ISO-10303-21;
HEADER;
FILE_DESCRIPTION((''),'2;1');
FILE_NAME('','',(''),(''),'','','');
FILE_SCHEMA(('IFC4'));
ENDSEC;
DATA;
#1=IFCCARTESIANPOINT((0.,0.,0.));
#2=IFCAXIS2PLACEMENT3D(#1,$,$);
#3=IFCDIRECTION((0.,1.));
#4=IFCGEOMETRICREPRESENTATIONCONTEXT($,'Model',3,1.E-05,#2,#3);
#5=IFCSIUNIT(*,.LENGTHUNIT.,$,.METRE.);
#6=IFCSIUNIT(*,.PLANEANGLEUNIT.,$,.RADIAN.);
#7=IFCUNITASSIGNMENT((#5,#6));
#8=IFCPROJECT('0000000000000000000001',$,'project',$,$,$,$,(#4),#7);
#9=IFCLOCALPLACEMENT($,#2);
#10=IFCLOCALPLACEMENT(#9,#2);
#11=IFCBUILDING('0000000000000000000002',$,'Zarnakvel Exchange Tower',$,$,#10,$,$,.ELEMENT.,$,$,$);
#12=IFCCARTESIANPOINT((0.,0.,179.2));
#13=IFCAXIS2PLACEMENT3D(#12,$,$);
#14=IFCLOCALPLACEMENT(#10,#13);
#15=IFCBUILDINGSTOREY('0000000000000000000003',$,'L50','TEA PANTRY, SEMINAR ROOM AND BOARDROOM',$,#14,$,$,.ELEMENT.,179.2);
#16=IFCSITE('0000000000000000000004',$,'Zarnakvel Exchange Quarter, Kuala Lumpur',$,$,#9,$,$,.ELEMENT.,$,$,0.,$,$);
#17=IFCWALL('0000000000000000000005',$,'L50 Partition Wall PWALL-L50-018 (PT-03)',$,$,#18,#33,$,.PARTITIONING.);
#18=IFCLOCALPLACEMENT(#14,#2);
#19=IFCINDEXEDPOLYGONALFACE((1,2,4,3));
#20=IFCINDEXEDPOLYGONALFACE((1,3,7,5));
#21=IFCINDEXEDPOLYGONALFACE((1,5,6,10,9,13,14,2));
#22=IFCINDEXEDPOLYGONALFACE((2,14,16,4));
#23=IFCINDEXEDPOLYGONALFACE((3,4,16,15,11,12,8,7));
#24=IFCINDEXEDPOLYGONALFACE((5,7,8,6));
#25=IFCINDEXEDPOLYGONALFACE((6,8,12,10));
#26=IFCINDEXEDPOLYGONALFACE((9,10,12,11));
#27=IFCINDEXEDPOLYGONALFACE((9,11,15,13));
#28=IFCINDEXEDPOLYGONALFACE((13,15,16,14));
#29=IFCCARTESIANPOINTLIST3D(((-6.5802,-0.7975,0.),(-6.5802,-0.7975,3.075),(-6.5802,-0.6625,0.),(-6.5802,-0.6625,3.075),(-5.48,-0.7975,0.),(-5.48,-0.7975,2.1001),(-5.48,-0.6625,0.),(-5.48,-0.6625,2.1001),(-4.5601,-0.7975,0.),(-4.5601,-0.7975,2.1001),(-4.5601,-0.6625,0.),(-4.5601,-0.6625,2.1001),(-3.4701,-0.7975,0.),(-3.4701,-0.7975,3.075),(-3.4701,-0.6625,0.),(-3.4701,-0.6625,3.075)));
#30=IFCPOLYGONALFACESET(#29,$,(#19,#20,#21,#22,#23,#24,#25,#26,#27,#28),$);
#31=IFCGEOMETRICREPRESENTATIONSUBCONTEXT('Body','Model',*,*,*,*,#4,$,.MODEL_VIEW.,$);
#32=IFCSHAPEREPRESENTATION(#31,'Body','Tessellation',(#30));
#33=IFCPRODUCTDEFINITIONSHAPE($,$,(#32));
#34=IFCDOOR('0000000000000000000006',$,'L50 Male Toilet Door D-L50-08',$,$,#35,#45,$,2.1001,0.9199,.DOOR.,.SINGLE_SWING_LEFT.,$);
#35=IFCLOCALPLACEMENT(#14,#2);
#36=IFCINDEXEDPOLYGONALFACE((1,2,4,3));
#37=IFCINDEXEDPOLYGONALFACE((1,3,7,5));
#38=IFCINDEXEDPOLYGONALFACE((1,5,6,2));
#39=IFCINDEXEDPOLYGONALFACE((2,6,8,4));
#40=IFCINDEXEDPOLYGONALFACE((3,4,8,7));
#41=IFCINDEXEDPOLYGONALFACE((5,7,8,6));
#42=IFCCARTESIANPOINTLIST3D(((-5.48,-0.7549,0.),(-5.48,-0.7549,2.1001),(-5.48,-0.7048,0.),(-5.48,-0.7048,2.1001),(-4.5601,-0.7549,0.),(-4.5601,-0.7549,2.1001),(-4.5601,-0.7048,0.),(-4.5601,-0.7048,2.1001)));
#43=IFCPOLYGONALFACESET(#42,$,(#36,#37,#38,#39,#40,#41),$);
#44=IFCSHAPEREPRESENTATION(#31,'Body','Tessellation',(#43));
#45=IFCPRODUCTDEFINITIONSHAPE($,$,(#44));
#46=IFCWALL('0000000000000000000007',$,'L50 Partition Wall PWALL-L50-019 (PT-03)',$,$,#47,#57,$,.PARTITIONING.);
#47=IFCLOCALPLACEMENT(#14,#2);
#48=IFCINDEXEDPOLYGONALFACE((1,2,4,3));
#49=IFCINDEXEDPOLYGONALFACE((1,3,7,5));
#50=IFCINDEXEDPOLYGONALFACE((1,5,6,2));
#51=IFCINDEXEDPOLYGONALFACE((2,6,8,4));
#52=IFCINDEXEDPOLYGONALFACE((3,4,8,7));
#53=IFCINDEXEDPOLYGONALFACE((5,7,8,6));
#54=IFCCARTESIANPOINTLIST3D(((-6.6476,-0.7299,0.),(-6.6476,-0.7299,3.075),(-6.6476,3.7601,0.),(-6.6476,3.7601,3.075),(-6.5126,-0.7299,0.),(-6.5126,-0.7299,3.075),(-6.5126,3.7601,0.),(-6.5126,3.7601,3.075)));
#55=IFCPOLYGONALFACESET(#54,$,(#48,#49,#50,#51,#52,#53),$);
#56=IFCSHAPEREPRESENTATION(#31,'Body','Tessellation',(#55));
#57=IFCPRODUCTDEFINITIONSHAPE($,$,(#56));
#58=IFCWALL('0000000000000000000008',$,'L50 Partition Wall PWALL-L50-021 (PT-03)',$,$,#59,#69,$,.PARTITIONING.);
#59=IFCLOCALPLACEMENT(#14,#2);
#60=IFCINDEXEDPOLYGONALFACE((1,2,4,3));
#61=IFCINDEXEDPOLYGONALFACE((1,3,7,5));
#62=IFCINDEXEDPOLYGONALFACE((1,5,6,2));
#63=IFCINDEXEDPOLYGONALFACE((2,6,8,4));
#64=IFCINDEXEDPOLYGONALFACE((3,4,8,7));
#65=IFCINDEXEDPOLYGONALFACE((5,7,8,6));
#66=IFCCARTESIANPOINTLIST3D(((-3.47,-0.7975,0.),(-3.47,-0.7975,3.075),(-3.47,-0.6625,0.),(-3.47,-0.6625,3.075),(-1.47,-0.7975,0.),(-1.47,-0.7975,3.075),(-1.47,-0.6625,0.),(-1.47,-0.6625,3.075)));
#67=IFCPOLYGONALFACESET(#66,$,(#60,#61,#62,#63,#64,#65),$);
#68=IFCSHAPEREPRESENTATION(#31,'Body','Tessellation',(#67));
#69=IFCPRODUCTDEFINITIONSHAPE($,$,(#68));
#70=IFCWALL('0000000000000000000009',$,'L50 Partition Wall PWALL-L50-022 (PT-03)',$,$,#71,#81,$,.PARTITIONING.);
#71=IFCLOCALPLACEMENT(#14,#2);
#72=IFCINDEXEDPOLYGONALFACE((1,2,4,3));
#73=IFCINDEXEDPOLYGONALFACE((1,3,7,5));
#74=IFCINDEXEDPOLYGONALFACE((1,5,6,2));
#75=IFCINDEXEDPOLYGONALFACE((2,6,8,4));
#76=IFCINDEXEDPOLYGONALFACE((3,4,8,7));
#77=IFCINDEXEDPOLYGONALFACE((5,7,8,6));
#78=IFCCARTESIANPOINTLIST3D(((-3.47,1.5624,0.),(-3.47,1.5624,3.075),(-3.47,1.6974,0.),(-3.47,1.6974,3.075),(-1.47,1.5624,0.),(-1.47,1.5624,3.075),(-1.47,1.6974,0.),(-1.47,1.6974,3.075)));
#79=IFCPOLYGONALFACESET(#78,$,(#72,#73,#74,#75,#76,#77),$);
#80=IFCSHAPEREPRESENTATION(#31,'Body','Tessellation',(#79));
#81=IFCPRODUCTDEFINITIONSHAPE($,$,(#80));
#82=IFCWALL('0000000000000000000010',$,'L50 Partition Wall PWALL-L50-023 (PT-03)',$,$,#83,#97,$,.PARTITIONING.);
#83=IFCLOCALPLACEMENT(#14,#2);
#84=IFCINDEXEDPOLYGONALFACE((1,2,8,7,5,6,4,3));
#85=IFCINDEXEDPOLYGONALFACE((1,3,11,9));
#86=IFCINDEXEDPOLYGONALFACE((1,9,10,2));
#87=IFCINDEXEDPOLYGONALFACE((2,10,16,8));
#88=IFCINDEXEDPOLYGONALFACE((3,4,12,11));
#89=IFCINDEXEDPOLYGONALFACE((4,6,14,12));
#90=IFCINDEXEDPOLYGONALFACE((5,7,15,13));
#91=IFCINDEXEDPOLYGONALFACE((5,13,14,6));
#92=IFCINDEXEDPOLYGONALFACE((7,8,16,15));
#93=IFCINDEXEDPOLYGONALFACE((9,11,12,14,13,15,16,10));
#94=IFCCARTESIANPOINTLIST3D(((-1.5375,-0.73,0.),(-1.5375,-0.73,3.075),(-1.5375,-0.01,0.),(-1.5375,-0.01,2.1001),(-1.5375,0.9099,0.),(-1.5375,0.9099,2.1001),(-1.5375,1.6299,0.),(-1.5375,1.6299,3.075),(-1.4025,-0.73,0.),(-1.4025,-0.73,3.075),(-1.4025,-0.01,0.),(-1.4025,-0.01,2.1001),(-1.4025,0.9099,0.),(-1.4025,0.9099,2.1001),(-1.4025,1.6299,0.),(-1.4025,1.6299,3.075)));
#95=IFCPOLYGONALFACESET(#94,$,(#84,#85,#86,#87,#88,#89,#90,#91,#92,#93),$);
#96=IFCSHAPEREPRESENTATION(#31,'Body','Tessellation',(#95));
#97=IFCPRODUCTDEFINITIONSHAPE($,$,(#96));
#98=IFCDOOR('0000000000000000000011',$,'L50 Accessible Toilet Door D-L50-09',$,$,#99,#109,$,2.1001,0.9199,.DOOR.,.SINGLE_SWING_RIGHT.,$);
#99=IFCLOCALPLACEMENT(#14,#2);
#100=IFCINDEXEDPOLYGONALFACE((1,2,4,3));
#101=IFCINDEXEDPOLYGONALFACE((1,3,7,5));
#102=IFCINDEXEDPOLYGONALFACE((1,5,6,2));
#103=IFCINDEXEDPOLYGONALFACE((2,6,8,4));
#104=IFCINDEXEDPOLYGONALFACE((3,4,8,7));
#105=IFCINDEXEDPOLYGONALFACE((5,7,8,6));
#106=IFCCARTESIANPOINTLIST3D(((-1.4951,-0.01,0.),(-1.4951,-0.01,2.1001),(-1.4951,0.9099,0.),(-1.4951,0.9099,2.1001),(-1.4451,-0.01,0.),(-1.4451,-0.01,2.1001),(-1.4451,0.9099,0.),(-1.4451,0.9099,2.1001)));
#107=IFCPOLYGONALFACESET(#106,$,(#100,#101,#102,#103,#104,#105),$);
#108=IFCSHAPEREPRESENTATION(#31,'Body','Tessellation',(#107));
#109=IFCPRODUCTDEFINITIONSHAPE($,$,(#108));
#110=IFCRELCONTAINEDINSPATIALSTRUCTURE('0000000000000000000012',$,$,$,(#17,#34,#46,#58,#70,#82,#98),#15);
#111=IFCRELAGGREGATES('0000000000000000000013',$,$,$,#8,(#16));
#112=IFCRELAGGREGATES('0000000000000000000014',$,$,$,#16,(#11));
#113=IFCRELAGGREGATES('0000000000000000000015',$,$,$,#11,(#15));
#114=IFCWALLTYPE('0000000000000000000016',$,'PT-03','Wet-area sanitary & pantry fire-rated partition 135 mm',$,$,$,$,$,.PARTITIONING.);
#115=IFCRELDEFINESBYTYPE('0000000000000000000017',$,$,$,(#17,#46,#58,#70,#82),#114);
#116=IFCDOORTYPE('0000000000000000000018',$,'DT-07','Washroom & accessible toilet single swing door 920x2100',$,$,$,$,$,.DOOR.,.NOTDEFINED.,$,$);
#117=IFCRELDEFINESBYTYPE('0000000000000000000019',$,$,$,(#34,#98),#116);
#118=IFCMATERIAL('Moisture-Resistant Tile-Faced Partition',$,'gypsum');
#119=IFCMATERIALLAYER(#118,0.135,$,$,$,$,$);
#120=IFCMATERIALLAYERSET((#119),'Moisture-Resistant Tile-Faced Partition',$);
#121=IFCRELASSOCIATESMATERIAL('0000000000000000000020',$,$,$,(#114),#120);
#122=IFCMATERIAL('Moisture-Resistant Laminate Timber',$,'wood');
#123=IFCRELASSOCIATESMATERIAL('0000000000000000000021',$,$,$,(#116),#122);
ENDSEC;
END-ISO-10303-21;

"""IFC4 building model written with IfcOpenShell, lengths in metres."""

from ifc_helpers import new_model, si_unit, direction, frame, frame_2d, origin, place, context, subcontext, project, spatial, rectangle, extrude, source, transform, mapped, material, layer, layer_set, type_object, element, fill, save


model = new_model("IFC4")

# Units and contexts
model_context = context("Model", 3, precision=1e-05, world=origin(), true_north=direction((0.0, 1.0)))
body_context = subcontext(model_context, "Body", "Model", "MODEL_VIEW")
ifc_project = project(units=[si_unit("LENGTHUNIT", "METRE"), si_unit("PLANEANGLEUNIT", "RADIAN")], contexts=[model_context])

# Site, building, storey
site_placement = place(None, origin())
site = spatial("IfcSite", under=ifc_project, at=site_placement, Name="Zarnakvel Exchange Quarter, Kuala Lumpur", CompositionType="ELEMENT", RefElevation=0.0)
building_placement = place(site_placement, origin())
building = spatial("IfcBuilding", under=site, at=building_placement, Name="Zarnakvel Exchange Tower", CompositionType="ELEMENT")
storey_placement = place(building_placement, frame((0.0, 0.0, 179.2)))
storey = spatial("IfcBuildingStorey", under=building, at=storey_placement, Name="L50", Description="TEA PANTRY, SEMINAR ROOM AND BOARDROOM", CompositionType="ELEMENT", Elevation=179.2)

# Wall, opening, door
ifc_material_1 = material(Name="Moisture-Resistant Tile-Faced Partition", Category="gypsum")
ifc_layer_1 = layer(ifc_material_1, 0.135)
ifc_layer_set_1 = layer_set([ifc_layer_1], Name="Moisture-Resistant Tile-Faced Partition")
wall_type_1 = type_object("IfcWallType", Name="PT-03", Description="Wet-area sanitary & pantry fire-rated partition 135 mm", PredefinedType="PARTITIONING", material=ifc_layer_set_1)
wall_1_placement = place(storey_placement, frame((-3.47, -0.73, 0.0), z_axis=(0.0, 0.0, 1.0), x_axis=(-1.0, 0.0, 0.0)))
wall_1 = element("IfcWall", 1, at=wall_1_placement, inside=storey, type_object=wall_type_1, Name="L50 Partition Wall PWALL-L50-018 (PT-03)", PredefinedType="PARTITIONING", context=body_context, shape_type="SweptSolid", body=[
    extrude(rectangle(XDim=3.1101, YDim=0.135, at=frame_2d((1.5552, 0.0))), origin(), (0.0, 0.0, 1.0), 3.075),
])
opening_1_placement = place(wall_1_placement, frame((1.0901, 0.0, 0.0)))
opening_1 = element("IfcOpeningElement", 2, at=opening_1_placement, cuts=wall_1, PredefinedType="OPENING", context=body_context, shape_type="SweptSolid", body=[
    extrude(rectangle(XDim=0.9199, YDim=2.1001, at=frame_2d((0.46, 1.05))), frame((0.0, 0.0774, 0.0), z_axis=(0.0, -1.0, 0.0), x_axis=(1.0, 0.0, 0.0)), (0.0, 0.0, 1.0), 0.155),
])
ifc_material_2 = material(Name="Moisture-Resistant Laminate Timber", Category="wood")
door_type_1 = type_object("IfcDoorType", Name="DT-07", Description="Washroom & accessible toilet single swing door 920x2100", OperationType="NOTDEFINED", PredefinedType="DOOR", material=ifc_material_2)
shared_shape_1 = source(origin(), body_context, "Body", "SweptSolid", [
    extrude(rectangle(XDim=0.9199, YDim=2.1001, at=frame_2d((0.46, 1.05))), frame((0.0, 0.0249, 0.0), z_axis=(0.0, -1.0, 0.0), x_axis=(1.0, 0.0, 0.0)), (0.0, 0.0, 1.0), 0.05),
])
door_1_placement = place(opening_1_placement, origin())
door_1 = element("IfcDoor", 3, at=door_1_placement, inside=storey, type_object=door_type_1, Name="L50 Male Toilet Door D-L50-08", OperationType="SINGLE_SWING_LEFT", OverallHeight=2.1001, OverallWidth=0.9199, PredefinedType="DOOR", context=body_context, shape_type="MappedRepresentation", body=[
    mapped(shared_shape_1, transform((0.0, 0.0, 0.0), x_axis=(1.0, 0.0, 0.0), y_axis=(0.0, 1.0, 0.0), z_axis=(0.0, 0.0, 1.0), scale=1.0)),
])
fill(opening_1, door_1)

# Walls
wall_2_placement = place(storey_placement, frame((-6.5801, -0.73, 0.0), z_axis=(0.0, 0.0, 1.0), x_axis=(0.0, 1.0, 0.0)))
element("IfcWall", 4, at=wall_2_placement, inside=storey, type_object=wall_type_1, Name="L50 Partition Wall PWALL-L50-019 (PT-03)", PredefinedType="PARTITIONING", context=body_context, shape_type="SweptSolid", body=[
    extrude(rectangle(XDim=4.49, YDim=0.135, at=frame_2d((2.2451, 0.0))), origin(), (0.0, 0.0, 1.0), 3.075),
])
for number, where, z_axis, x_axis, name in (
    (5, (-1.47, -0.73, 0.0), (0.0, 0.0, 1.0), (-1.0, 0.0, 0.0), "L50 Partition Wall PWALL-L50-021 (PT-03)"),
    (6, (-3.47, 1.6299, 0.0), (0.0, 0.0, 1.0), (1.0, 0.0, 0.0), "L50 Partition Wall PWALL-L50-022 (PT-03)"),
):
    element("IfcWall", number, at=place(storey_placement, frame(where, z_axis=z_axis, x_axis=x_axis)), inside=storey, type_object=wall_type_1, Name=name, PredefinedType="PARTITIONING", context=body_context, shape_type="SweptSolid", body=[
        extrude(rectangle(XDim=2.0, YDim=0.135, at=frame_2d((1.0, 0.0))), origin(), (0.0, 0.0, 1.0), 3.075),
    ])

# Wall, opening, door
wall_3_placement = place(storey_placement, frame((-1.47, 1.6299, 0.0), z_axis=(0.0, 0.0, 1.0), x_axis=(0.0, -1.0, 0.0)))
wall_3 = element("IfcWall", 7, at=wall_3_placement, inside=storey, type_object=wall_type_1, Name="L50 Partition Wall PWALL-L50-023 (PT-03)", PredefinedType="PARTITIONING", context=body_context, shape_type="SweptSolid", body=[
    extrude(rectangle(XDim=2.3599, YDim=0.135, at=frame_2d((1.1799, 0.0))), origin(), (0.0, 0.0, 1.0), 3.075),
])
opening_2_placement = place(wall_3_placement, frame((0.72, 0.0, 0.0)))
opening_2 = element("IfcOpeningElement", 8, at=opening_2_placement, cuts=wall_3, PredefinedType="OPENING", context=body_context, shape_type="SweptSolid", body=[
    extrude(rectangle(XDim=0.9199, YDim=2.1001, at=frame_2d((0.46, 1.05))), frame((0.0, 0.0774, 0.0), z_axis=(0.0, -1.0, 0.0), x_axis=(1.0, 0.0, 0.0)), (0.0, 0.0, 1.0), 0.155),
])
door_2_placement = place(opening_2_placement, origin())
door_2 = element("IfcDoor", 9, at=door_2_placement, inside=storey, type_object=door_type_1, Name="L50 Accessible Toilet Door D-L50-09", OperationType="SINGLE_SWING_RIGHT", OverallHeight=2.1001, OverallWidth=0.9199, PredefinedType="DOOR", context=body_context, shape_type="MappedRepresentation", body=[
    mapped(shared_shape_1, transform((0.0, 0.0, 0.0), x_axis=(1.0, 0.0, 0.0), y_axis=(0.0, 1.0, 0.0), z_axis=(0.0, 0.0, 1.0), scale=1.0)),
])
fill(opening_2, door_2)

save(model, "model.ifc")
